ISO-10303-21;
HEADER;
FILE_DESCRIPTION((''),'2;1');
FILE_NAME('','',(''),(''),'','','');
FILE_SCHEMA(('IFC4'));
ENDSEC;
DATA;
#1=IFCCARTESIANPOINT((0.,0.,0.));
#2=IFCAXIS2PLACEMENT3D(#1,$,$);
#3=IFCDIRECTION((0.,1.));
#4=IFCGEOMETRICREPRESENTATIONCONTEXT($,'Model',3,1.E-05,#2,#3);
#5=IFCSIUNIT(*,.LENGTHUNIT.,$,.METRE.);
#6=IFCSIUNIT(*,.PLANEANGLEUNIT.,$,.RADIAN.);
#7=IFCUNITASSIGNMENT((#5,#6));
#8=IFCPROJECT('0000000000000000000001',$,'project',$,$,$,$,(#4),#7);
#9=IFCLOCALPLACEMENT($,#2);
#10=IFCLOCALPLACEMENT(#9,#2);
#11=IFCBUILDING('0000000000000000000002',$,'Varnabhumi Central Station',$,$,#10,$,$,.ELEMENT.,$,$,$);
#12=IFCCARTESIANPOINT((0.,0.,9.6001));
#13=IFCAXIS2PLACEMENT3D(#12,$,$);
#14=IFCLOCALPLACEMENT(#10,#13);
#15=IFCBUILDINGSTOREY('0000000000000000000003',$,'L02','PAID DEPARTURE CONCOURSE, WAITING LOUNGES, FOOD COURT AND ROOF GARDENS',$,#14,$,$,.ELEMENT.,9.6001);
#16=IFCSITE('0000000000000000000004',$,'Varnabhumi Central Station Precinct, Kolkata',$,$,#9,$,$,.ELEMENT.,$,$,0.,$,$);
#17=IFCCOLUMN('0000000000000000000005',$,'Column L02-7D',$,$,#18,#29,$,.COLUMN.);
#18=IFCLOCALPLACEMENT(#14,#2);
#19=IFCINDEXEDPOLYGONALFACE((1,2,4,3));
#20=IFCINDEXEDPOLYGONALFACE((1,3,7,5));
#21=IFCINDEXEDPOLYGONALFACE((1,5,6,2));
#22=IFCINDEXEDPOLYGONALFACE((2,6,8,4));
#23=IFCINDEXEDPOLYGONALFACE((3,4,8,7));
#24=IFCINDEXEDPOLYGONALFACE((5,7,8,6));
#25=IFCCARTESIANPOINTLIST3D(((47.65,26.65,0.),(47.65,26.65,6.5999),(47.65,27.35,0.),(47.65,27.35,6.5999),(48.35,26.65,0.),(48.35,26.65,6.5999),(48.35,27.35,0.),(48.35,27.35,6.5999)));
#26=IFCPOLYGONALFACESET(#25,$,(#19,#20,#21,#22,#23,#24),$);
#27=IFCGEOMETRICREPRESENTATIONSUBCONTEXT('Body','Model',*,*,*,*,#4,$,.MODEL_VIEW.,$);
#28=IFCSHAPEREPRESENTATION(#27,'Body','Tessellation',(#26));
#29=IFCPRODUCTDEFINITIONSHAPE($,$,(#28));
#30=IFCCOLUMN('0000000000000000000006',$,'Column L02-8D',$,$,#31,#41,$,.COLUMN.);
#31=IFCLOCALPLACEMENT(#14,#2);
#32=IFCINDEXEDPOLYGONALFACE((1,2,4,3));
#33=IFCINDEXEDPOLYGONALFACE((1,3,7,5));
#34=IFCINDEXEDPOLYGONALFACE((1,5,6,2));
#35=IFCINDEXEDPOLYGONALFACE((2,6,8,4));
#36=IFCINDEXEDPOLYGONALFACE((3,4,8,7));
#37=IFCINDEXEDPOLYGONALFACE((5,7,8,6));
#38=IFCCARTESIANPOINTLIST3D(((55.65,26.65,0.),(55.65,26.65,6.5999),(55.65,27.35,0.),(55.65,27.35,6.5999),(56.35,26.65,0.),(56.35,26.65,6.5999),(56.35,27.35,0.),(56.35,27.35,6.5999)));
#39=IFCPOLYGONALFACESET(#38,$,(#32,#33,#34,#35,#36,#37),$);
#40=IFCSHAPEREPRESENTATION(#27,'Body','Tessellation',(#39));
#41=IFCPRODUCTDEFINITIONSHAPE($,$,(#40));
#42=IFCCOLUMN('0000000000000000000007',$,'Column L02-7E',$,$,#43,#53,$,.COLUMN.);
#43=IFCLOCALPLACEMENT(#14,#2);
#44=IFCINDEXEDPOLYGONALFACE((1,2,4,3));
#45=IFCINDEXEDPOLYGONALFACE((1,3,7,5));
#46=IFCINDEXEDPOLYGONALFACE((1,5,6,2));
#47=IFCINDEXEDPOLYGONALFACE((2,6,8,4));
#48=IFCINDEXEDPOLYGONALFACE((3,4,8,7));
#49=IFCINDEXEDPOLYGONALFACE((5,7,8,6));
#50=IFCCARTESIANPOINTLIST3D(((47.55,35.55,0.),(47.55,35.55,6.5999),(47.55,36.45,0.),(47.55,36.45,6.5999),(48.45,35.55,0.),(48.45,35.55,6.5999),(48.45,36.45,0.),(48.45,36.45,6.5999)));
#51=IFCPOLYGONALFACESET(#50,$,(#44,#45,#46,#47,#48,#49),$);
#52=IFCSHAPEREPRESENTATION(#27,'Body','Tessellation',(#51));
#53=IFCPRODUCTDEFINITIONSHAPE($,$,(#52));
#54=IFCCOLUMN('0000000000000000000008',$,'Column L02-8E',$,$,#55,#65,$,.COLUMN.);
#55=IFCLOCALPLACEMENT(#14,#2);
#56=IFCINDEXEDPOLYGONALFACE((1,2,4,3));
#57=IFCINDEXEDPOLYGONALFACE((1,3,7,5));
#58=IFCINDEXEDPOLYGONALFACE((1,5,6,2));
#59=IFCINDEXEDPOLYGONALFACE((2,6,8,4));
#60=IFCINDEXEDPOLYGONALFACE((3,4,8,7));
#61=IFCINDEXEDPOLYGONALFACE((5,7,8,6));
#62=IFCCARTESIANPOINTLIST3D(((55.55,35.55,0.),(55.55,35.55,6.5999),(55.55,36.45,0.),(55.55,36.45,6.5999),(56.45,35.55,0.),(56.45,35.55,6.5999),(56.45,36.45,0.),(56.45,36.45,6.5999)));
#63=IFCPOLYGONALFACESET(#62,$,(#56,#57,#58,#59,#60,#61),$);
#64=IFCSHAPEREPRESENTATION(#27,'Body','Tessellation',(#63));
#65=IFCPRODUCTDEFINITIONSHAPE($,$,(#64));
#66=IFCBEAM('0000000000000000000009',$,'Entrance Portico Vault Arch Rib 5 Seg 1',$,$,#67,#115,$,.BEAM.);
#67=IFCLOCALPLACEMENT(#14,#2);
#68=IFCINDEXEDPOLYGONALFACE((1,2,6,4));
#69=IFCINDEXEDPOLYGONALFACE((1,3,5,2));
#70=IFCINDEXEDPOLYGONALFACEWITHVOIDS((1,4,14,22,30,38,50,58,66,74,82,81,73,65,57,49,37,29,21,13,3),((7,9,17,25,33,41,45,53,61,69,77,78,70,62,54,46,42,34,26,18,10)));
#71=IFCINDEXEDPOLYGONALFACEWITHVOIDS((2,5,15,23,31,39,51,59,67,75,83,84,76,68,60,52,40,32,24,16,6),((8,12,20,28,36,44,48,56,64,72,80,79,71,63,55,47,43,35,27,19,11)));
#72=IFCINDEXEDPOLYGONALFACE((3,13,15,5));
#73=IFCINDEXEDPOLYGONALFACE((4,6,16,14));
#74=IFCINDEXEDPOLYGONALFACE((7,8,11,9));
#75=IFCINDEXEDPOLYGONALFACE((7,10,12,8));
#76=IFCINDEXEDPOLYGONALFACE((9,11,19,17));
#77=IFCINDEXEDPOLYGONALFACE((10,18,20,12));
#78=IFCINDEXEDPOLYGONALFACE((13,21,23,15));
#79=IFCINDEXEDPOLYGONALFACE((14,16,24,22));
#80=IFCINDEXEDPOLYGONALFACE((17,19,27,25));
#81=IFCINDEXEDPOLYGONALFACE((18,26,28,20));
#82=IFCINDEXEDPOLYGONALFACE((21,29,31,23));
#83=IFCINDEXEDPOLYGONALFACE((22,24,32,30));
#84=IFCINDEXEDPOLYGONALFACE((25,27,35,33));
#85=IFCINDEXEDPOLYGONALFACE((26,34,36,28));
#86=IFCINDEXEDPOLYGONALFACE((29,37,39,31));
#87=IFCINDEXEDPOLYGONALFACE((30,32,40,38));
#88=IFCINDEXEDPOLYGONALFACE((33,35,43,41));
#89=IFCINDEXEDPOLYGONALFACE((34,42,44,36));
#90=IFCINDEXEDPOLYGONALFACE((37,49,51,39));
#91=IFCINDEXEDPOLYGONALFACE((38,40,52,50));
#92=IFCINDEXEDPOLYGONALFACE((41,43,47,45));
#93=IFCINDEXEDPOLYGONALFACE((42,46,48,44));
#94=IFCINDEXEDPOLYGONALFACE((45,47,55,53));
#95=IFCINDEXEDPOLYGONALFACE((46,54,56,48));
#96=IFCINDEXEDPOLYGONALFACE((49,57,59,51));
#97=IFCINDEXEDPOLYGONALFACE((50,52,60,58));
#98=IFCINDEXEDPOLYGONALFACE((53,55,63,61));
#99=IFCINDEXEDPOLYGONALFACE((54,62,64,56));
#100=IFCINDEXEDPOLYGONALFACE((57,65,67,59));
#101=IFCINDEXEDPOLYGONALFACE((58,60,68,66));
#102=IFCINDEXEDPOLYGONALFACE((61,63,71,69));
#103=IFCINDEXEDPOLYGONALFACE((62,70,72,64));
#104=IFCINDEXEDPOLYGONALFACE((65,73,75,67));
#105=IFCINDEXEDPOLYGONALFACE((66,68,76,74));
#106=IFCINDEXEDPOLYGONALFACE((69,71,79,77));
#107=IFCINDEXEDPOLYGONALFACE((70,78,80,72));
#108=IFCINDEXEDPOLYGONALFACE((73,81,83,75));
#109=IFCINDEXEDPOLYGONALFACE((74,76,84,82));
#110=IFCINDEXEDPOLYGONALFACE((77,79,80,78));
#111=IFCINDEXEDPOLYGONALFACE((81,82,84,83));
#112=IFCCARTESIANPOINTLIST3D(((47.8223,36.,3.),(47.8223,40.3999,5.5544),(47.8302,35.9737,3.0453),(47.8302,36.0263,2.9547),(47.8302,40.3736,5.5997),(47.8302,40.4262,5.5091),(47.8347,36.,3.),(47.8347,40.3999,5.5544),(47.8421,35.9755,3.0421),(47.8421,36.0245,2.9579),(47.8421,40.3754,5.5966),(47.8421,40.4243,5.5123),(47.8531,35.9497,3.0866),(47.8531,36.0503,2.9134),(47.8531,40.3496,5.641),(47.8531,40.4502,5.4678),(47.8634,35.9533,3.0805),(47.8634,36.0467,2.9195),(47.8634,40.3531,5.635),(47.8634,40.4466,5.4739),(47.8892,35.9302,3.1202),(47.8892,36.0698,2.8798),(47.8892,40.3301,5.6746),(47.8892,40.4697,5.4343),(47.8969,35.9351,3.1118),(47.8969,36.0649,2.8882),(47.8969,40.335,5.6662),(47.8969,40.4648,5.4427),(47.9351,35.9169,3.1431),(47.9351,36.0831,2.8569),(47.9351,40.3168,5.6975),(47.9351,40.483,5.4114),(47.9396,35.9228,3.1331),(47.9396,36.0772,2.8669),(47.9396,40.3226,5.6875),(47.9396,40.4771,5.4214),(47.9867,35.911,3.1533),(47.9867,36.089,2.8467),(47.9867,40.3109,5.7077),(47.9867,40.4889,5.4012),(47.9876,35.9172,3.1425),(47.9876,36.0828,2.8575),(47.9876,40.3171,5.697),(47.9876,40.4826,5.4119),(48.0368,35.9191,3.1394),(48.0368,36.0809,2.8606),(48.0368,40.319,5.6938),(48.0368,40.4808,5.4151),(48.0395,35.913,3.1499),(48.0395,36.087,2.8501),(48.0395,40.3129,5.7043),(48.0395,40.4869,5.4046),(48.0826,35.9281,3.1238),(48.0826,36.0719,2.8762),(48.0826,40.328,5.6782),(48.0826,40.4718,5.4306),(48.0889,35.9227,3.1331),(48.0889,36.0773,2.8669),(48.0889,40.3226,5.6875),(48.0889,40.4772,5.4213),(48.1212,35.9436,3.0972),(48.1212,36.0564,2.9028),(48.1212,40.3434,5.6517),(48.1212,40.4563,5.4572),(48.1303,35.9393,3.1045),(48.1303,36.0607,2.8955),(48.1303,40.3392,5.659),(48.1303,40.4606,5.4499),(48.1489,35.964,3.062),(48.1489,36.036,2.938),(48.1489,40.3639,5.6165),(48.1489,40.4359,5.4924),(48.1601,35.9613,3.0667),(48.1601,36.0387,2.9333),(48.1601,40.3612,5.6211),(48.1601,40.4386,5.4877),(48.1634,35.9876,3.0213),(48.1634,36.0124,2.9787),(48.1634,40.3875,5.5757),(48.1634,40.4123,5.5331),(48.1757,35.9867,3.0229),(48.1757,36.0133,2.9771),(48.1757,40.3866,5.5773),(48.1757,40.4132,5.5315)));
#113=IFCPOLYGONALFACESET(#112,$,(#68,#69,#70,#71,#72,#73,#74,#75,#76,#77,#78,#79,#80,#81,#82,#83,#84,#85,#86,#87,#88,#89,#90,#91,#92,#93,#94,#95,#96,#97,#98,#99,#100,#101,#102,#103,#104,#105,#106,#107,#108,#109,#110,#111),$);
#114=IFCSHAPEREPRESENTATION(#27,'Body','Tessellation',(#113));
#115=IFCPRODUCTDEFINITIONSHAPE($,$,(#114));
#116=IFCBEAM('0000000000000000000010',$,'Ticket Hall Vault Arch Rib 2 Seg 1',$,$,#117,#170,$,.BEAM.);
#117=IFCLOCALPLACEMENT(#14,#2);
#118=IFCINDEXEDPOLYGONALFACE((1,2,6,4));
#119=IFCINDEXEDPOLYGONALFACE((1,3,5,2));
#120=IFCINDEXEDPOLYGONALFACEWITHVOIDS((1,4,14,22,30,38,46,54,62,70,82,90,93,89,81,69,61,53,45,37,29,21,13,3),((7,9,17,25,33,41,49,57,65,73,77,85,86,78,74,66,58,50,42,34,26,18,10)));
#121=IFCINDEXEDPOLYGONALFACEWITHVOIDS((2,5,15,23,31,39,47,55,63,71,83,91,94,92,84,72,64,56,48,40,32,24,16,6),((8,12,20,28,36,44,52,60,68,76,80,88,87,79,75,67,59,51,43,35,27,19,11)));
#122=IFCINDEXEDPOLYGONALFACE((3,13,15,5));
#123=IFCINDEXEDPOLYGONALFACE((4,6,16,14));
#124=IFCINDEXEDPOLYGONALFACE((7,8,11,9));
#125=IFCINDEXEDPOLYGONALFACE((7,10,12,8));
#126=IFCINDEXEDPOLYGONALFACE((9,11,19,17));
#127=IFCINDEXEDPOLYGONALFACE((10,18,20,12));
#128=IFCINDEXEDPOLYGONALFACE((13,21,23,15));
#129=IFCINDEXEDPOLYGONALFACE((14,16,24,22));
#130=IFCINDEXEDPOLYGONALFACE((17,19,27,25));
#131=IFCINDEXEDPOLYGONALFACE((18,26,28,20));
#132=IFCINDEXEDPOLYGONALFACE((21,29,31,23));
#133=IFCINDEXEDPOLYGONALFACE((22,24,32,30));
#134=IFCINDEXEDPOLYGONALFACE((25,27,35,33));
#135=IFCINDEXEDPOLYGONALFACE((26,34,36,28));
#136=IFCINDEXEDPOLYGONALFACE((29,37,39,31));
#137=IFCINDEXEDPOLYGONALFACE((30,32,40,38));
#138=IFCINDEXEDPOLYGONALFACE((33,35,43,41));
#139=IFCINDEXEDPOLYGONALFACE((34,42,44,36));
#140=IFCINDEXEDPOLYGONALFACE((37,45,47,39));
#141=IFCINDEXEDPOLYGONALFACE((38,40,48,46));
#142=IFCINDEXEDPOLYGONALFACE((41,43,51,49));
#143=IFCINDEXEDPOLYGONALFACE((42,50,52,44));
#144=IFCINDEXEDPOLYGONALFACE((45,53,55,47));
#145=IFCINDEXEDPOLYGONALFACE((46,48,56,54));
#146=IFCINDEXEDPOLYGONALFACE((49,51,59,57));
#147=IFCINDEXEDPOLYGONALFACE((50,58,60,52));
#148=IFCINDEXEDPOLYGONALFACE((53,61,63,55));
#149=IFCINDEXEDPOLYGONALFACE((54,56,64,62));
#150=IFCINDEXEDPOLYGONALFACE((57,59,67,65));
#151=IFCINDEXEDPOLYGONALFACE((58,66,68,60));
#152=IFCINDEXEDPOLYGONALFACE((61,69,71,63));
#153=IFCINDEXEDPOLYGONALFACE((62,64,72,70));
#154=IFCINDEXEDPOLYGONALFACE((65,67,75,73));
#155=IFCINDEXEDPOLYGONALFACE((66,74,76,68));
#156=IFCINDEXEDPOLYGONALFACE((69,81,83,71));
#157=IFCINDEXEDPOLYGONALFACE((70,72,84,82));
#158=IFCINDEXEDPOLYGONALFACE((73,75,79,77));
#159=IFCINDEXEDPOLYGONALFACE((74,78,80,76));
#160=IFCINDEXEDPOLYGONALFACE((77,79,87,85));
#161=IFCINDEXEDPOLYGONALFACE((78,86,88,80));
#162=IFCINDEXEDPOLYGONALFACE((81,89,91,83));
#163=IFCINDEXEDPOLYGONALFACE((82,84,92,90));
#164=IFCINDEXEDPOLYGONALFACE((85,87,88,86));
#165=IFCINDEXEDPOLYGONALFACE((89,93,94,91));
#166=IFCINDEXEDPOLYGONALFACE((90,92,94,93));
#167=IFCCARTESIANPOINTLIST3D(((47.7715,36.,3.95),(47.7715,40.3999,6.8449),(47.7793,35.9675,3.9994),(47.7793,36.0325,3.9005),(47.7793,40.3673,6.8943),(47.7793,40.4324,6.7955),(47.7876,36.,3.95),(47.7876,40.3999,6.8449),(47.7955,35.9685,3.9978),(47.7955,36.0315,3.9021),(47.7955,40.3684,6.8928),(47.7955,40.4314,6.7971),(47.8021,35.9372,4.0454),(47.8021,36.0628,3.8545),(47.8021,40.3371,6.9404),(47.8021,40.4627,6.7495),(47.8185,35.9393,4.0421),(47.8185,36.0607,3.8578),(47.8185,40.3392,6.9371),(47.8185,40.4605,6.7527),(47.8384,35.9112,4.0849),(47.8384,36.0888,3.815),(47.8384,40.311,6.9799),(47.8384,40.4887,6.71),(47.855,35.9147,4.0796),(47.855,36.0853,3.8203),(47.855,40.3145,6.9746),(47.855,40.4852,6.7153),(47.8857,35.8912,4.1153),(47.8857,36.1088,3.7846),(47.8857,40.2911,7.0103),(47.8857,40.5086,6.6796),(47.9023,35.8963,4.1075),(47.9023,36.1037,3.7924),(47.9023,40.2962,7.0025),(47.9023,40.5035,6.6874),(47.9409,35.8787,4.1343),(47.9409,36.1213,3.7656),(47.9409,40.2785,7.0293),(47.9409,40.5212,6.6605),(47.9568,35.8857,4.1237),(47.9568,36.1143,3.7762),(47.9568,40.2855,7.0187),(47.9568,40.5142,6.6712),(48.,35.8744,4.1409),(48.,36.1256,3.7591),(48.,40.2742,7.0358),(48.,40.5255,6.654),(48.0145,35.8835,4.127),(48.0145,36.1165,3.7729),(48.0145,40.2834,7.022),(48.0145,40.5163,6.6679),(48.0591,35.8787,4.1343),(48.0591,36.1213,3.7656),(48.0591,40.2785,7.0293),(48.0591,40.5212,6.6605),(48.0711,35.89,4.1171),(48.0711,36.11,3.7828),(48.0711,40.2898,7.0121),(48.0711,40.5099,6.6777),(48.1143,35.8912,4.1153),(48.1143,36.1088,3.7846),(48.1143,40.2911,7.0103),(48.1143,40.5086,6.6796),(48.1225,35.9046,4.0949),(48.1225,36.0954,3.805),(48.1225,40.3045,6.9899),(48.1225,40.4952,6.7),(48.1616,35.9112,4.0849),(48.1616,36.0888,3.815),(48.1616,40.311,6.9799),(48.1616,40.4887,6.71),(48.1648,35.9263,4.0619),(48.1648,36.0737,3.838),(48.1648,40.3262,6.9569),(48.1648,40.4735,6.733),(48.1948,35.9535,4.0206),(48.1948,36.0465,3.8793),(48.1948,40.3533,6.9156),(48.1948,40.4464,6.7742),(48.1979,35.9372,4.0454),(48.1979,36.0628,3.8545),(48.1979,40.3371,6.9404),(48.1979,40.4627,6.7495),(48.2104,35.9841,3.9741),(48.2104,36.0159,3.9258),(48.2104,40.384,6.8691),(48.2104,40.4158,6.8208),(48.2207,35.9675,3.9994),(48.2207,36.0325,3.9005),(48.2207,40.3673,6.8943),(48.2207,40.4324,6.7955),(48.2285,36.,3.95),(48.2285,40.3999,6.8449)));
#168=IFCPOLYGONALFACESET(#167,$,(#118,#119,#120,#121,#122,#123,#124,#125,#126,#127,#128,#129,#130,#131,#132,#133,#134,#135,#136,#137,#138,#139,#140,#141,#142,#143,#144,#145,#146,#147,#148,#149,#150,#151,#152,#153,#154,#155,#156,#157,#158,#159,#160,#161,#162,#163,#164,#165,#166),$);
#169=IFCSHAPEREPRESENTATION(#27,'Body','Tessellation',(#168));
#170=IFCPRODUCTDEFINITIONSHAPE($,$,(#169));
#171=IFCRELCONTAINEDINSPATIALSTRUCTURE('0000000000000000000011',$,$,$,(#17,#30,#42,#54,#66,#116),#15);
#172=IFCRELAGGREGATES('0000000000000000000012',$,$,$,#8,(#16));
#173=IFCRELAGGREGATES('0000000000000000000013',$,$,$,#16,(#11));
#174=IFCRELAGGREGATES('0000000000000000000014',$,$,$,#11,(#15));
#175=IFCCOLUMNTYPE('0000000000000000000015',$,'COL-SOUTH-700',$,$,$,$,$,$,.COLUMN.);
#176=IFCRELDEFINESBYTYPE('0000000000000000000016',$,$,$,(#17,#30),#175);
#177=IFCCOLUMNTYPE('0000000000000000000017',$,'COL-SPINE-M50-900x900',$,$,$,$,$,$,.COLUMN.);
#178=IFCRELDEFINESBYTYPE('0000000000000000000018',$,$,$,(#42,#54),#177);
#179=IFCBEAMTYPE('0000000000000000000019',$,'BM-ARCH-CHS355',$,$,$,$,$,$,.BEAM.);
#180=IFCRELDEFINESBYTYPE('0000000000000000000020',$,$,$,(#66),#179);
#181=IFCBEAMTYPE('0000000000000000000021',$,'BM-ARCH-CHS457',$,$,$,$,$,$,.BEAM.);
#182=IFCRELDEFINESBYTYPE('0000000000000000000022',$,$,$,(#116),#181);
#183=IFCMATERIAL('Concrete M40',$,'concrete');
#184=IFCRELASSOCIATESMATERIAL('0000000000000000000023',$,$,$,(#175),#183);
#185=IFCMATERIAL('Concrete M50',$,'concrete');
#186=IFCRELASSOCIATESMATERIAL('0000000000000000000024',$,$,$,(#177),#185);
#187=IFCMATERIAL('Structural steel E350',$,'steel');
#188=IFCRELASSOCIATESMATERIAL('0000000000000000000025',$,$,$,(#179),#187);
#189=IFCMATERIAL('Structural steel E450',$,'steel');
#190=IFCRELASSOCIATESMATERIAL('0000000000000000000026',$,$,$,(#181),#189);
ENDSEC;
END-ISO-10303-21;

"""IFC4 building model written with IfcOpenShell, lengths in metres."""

from ifc_helpers import new_model, si_unit, direction, frame, origin, origin_2d, place, context, subcontext, project, spatial, rectangle, hollow_circle, extrude, material, material_profile, profile_set, type_object, element, save


model = new_model("IFC4")

# Units and contexts
model_context = context("Model", 3, precision=1e-05, world=origin(), true_north=direction((0.0, 1.0)))
body_context = subcontext(model_context, "Body", "Model", "MODEL_VIEW")
ifc_project = project(units=[si_unit("LENGTHUNIT", "METRE"), si_unit("PLANEANGLEUNIT", "RADIAN")], contexts=[model_context])

# Site, building, storey
site_placement = place(None, origin())
site = spatial("IfcSite", under=ifc_project, at=site_placement, Name="Varnabhumi Central Station Precinct, Kolkata", CompositionType="ELEMENT", RefElevation=0.0)
building_placement = place(site_placement, origin())
building = spatial("IfcBuilding", under=site, at=building_placement, Name="Varnabhumi Central Station", CompositionType="ELEMENT")
storey_placement = place(building_placement, frame((0.0, 0.0, 9.6001)))
storey = spatial("IfcBuildingStorey", under=building, at=storey_placement, Name="L02", Description="PAID DEPARTURE CONCOURSE, WAITING LOUNGES, FOOD COURT AND ROOF GARDENS", CompositionType="ELEMENT", Elevation=9.6001)

# Columns
ifc_material_1 = material(Name="Concrete M40", Category="concrete")
ifc_material_profile_1 = material_profile(ifc_material_1, rectangle(XDim=0.7, YDim=0.7, at=origin_2d()), Name="Concrete M40", Category="concrete")
ifc_profile_set_1 = profile_set([ifc_material_profile_1], Name="Concrete M40")
column_type_1 = type_object("IfcColumnType", Name="COL-SOUTH-700", PredefinedType="COLUMN", material=ifc_profile_set_1)
for number, where, z_axis, x_axis, name in (
    (1, (48.0, 27.0, 0.0), (0.0, 0.0, 1.0), (1.0, 0.0, 0.0), "Column L02-7D"),
    (2, (56.0, 27.0, 0.0), (0.0, 0.0, 1.0), (1.0, 0.0, 0.0), "Column L02-8D"),
):
    element("IfcColumn", number, at=place(storey_placement, frame(where, z_axis=z_axis, x_axis=x_axis)), inside=storey, type_object=column_type_1, Name=name, PredefinedType="COLUMN", context=body_context, shape_type="SweptSolid", body=[
        extrude(rectangle(XDim=0.7, YDim=0.7, at=origin_2d()), origin(), (0.0, 0.0, 1.0), 6.5999),
    ])
ifc_material_2 = material(Name="Concrete M50", Category="concrete")
ifc_material_profile_2 = material_profile(ifc_material_2, rectangle(XDim=0.8999, YDim=0.8999, at=origin_2d()), Name="Concrete M50", Category="concrete")
ifc_profile_set_2 = profile_set([ifc_material_profile_2], Name="Concrete M50")
column_type_2 = type_object("IfcColumnType", Name="COL-SPINE-M50-900x900", PredefinedType="COLUMN", material=ifc_profile_set_2)
for number, where, z_axis, x_axis, name in (
    (3, (48.0, 36.0, 0.0), (0.0, 0.0, 1.0), (1.0, 0.0, 0.0), "Column L02-7E"),
    (4, (56.0, 36.0, 0.0), (0.0, 0.0, 1.0), (1.0, 0.0, 0.0), "Column L02-8E"),
):
    element("IfcColumn", number, at=place(storey_placement, frame(where, z_axis=z_axis, x_axis=x_axis)), inside=storey, type_object=column_type_2, Name=name, PredefinedType="COLUMN", context=body_context, shape_type="SweptSolid", body=[
        extrude(rectangle(XDim=0.8999, YDim=0.8999, at=origin_2d()), origin(), (0.0, 0.0, 1.0), 6.5999),
    ])

# Beams
ifc_material_3 = material(Name="Structural steel E350", Category="steel")
ifc_material_profile_3 = material_profile(ifc_material_3, hollow_circle(Radius=0.1777, WallThickness=0.0125, at=origin_2d()), Name="Structural steel E350", Category="steel")
ifc_profile_set_3 = profile_set([ifc_material_profile_3], Name="Structural steel E350")
beam_type_1 = type_object("IfcBeamType", Name="BM-ARCH-CHS355", PredefinedType="BEAM", material=ifc_profile_set_3)
beam_1_placement = place(storey_placement, frame((48.0, 36.0, 3.0), z_axis=(0.0, 0.864818, 0.502086), x_axis=(-1.0, 0.0, 0.0)))
element("IfcBeam", 5, at=beam_1_placement, inside=storey, type_object=beam_type_1, Name="Entrance Portico Vault Arch Rib 5 Seg 1", PredefinedType="BEAM", context=body_context, shape_type="SweptSolid", body=[
    extrude(hollow_circle(Radius=0.1777, WallThickness=0.0125, at=origin_2d()), origin(), (0.0, 0.0, 1.0), 5.0876),
])
ifc_material_4 = material(Name="Structural steel E450", Category="steel")
ifc_material_profile_4 = material_profile(ifc_material_4, hollow_circle(Radius=0.2285, WallThickness=0.0161, at=origin_2d()), Name="Structural steel E450", Category="steel")
ifc_profile_set_4 = profile_set([ifc_material_profile_4], Name="Structural steel E450")
beam_type_2 = type_object("IfcBeamType", Name="BM-ARCH-CHS457", PredefinedType="BEAM", material=ifc_profile_set_4)
beam_2_placement = place(storey_placement, frame((48.0, 36.0, 3.95), z_axis=(0.0, 0.835387, 0.549662), x_axis=(-1.0, 0.0, 0.0)))
element("IfcBeam", 6, at=beam_2_placement, inside=storey, type_object=beam_type_2, Name="Ticket Hall Vault Arch Rib 2 Seg 1", PredefinedType="BEAM", context=body_context, shape_type="SweptSolid", body=[
    extrude(hollow_circle(Radius=0.2285, WallThickness=0.0161, at=origin_2d()), origin(), (0.0, 0.0, 1.0), 5.2668),
])

save(model, "model.ifc")
